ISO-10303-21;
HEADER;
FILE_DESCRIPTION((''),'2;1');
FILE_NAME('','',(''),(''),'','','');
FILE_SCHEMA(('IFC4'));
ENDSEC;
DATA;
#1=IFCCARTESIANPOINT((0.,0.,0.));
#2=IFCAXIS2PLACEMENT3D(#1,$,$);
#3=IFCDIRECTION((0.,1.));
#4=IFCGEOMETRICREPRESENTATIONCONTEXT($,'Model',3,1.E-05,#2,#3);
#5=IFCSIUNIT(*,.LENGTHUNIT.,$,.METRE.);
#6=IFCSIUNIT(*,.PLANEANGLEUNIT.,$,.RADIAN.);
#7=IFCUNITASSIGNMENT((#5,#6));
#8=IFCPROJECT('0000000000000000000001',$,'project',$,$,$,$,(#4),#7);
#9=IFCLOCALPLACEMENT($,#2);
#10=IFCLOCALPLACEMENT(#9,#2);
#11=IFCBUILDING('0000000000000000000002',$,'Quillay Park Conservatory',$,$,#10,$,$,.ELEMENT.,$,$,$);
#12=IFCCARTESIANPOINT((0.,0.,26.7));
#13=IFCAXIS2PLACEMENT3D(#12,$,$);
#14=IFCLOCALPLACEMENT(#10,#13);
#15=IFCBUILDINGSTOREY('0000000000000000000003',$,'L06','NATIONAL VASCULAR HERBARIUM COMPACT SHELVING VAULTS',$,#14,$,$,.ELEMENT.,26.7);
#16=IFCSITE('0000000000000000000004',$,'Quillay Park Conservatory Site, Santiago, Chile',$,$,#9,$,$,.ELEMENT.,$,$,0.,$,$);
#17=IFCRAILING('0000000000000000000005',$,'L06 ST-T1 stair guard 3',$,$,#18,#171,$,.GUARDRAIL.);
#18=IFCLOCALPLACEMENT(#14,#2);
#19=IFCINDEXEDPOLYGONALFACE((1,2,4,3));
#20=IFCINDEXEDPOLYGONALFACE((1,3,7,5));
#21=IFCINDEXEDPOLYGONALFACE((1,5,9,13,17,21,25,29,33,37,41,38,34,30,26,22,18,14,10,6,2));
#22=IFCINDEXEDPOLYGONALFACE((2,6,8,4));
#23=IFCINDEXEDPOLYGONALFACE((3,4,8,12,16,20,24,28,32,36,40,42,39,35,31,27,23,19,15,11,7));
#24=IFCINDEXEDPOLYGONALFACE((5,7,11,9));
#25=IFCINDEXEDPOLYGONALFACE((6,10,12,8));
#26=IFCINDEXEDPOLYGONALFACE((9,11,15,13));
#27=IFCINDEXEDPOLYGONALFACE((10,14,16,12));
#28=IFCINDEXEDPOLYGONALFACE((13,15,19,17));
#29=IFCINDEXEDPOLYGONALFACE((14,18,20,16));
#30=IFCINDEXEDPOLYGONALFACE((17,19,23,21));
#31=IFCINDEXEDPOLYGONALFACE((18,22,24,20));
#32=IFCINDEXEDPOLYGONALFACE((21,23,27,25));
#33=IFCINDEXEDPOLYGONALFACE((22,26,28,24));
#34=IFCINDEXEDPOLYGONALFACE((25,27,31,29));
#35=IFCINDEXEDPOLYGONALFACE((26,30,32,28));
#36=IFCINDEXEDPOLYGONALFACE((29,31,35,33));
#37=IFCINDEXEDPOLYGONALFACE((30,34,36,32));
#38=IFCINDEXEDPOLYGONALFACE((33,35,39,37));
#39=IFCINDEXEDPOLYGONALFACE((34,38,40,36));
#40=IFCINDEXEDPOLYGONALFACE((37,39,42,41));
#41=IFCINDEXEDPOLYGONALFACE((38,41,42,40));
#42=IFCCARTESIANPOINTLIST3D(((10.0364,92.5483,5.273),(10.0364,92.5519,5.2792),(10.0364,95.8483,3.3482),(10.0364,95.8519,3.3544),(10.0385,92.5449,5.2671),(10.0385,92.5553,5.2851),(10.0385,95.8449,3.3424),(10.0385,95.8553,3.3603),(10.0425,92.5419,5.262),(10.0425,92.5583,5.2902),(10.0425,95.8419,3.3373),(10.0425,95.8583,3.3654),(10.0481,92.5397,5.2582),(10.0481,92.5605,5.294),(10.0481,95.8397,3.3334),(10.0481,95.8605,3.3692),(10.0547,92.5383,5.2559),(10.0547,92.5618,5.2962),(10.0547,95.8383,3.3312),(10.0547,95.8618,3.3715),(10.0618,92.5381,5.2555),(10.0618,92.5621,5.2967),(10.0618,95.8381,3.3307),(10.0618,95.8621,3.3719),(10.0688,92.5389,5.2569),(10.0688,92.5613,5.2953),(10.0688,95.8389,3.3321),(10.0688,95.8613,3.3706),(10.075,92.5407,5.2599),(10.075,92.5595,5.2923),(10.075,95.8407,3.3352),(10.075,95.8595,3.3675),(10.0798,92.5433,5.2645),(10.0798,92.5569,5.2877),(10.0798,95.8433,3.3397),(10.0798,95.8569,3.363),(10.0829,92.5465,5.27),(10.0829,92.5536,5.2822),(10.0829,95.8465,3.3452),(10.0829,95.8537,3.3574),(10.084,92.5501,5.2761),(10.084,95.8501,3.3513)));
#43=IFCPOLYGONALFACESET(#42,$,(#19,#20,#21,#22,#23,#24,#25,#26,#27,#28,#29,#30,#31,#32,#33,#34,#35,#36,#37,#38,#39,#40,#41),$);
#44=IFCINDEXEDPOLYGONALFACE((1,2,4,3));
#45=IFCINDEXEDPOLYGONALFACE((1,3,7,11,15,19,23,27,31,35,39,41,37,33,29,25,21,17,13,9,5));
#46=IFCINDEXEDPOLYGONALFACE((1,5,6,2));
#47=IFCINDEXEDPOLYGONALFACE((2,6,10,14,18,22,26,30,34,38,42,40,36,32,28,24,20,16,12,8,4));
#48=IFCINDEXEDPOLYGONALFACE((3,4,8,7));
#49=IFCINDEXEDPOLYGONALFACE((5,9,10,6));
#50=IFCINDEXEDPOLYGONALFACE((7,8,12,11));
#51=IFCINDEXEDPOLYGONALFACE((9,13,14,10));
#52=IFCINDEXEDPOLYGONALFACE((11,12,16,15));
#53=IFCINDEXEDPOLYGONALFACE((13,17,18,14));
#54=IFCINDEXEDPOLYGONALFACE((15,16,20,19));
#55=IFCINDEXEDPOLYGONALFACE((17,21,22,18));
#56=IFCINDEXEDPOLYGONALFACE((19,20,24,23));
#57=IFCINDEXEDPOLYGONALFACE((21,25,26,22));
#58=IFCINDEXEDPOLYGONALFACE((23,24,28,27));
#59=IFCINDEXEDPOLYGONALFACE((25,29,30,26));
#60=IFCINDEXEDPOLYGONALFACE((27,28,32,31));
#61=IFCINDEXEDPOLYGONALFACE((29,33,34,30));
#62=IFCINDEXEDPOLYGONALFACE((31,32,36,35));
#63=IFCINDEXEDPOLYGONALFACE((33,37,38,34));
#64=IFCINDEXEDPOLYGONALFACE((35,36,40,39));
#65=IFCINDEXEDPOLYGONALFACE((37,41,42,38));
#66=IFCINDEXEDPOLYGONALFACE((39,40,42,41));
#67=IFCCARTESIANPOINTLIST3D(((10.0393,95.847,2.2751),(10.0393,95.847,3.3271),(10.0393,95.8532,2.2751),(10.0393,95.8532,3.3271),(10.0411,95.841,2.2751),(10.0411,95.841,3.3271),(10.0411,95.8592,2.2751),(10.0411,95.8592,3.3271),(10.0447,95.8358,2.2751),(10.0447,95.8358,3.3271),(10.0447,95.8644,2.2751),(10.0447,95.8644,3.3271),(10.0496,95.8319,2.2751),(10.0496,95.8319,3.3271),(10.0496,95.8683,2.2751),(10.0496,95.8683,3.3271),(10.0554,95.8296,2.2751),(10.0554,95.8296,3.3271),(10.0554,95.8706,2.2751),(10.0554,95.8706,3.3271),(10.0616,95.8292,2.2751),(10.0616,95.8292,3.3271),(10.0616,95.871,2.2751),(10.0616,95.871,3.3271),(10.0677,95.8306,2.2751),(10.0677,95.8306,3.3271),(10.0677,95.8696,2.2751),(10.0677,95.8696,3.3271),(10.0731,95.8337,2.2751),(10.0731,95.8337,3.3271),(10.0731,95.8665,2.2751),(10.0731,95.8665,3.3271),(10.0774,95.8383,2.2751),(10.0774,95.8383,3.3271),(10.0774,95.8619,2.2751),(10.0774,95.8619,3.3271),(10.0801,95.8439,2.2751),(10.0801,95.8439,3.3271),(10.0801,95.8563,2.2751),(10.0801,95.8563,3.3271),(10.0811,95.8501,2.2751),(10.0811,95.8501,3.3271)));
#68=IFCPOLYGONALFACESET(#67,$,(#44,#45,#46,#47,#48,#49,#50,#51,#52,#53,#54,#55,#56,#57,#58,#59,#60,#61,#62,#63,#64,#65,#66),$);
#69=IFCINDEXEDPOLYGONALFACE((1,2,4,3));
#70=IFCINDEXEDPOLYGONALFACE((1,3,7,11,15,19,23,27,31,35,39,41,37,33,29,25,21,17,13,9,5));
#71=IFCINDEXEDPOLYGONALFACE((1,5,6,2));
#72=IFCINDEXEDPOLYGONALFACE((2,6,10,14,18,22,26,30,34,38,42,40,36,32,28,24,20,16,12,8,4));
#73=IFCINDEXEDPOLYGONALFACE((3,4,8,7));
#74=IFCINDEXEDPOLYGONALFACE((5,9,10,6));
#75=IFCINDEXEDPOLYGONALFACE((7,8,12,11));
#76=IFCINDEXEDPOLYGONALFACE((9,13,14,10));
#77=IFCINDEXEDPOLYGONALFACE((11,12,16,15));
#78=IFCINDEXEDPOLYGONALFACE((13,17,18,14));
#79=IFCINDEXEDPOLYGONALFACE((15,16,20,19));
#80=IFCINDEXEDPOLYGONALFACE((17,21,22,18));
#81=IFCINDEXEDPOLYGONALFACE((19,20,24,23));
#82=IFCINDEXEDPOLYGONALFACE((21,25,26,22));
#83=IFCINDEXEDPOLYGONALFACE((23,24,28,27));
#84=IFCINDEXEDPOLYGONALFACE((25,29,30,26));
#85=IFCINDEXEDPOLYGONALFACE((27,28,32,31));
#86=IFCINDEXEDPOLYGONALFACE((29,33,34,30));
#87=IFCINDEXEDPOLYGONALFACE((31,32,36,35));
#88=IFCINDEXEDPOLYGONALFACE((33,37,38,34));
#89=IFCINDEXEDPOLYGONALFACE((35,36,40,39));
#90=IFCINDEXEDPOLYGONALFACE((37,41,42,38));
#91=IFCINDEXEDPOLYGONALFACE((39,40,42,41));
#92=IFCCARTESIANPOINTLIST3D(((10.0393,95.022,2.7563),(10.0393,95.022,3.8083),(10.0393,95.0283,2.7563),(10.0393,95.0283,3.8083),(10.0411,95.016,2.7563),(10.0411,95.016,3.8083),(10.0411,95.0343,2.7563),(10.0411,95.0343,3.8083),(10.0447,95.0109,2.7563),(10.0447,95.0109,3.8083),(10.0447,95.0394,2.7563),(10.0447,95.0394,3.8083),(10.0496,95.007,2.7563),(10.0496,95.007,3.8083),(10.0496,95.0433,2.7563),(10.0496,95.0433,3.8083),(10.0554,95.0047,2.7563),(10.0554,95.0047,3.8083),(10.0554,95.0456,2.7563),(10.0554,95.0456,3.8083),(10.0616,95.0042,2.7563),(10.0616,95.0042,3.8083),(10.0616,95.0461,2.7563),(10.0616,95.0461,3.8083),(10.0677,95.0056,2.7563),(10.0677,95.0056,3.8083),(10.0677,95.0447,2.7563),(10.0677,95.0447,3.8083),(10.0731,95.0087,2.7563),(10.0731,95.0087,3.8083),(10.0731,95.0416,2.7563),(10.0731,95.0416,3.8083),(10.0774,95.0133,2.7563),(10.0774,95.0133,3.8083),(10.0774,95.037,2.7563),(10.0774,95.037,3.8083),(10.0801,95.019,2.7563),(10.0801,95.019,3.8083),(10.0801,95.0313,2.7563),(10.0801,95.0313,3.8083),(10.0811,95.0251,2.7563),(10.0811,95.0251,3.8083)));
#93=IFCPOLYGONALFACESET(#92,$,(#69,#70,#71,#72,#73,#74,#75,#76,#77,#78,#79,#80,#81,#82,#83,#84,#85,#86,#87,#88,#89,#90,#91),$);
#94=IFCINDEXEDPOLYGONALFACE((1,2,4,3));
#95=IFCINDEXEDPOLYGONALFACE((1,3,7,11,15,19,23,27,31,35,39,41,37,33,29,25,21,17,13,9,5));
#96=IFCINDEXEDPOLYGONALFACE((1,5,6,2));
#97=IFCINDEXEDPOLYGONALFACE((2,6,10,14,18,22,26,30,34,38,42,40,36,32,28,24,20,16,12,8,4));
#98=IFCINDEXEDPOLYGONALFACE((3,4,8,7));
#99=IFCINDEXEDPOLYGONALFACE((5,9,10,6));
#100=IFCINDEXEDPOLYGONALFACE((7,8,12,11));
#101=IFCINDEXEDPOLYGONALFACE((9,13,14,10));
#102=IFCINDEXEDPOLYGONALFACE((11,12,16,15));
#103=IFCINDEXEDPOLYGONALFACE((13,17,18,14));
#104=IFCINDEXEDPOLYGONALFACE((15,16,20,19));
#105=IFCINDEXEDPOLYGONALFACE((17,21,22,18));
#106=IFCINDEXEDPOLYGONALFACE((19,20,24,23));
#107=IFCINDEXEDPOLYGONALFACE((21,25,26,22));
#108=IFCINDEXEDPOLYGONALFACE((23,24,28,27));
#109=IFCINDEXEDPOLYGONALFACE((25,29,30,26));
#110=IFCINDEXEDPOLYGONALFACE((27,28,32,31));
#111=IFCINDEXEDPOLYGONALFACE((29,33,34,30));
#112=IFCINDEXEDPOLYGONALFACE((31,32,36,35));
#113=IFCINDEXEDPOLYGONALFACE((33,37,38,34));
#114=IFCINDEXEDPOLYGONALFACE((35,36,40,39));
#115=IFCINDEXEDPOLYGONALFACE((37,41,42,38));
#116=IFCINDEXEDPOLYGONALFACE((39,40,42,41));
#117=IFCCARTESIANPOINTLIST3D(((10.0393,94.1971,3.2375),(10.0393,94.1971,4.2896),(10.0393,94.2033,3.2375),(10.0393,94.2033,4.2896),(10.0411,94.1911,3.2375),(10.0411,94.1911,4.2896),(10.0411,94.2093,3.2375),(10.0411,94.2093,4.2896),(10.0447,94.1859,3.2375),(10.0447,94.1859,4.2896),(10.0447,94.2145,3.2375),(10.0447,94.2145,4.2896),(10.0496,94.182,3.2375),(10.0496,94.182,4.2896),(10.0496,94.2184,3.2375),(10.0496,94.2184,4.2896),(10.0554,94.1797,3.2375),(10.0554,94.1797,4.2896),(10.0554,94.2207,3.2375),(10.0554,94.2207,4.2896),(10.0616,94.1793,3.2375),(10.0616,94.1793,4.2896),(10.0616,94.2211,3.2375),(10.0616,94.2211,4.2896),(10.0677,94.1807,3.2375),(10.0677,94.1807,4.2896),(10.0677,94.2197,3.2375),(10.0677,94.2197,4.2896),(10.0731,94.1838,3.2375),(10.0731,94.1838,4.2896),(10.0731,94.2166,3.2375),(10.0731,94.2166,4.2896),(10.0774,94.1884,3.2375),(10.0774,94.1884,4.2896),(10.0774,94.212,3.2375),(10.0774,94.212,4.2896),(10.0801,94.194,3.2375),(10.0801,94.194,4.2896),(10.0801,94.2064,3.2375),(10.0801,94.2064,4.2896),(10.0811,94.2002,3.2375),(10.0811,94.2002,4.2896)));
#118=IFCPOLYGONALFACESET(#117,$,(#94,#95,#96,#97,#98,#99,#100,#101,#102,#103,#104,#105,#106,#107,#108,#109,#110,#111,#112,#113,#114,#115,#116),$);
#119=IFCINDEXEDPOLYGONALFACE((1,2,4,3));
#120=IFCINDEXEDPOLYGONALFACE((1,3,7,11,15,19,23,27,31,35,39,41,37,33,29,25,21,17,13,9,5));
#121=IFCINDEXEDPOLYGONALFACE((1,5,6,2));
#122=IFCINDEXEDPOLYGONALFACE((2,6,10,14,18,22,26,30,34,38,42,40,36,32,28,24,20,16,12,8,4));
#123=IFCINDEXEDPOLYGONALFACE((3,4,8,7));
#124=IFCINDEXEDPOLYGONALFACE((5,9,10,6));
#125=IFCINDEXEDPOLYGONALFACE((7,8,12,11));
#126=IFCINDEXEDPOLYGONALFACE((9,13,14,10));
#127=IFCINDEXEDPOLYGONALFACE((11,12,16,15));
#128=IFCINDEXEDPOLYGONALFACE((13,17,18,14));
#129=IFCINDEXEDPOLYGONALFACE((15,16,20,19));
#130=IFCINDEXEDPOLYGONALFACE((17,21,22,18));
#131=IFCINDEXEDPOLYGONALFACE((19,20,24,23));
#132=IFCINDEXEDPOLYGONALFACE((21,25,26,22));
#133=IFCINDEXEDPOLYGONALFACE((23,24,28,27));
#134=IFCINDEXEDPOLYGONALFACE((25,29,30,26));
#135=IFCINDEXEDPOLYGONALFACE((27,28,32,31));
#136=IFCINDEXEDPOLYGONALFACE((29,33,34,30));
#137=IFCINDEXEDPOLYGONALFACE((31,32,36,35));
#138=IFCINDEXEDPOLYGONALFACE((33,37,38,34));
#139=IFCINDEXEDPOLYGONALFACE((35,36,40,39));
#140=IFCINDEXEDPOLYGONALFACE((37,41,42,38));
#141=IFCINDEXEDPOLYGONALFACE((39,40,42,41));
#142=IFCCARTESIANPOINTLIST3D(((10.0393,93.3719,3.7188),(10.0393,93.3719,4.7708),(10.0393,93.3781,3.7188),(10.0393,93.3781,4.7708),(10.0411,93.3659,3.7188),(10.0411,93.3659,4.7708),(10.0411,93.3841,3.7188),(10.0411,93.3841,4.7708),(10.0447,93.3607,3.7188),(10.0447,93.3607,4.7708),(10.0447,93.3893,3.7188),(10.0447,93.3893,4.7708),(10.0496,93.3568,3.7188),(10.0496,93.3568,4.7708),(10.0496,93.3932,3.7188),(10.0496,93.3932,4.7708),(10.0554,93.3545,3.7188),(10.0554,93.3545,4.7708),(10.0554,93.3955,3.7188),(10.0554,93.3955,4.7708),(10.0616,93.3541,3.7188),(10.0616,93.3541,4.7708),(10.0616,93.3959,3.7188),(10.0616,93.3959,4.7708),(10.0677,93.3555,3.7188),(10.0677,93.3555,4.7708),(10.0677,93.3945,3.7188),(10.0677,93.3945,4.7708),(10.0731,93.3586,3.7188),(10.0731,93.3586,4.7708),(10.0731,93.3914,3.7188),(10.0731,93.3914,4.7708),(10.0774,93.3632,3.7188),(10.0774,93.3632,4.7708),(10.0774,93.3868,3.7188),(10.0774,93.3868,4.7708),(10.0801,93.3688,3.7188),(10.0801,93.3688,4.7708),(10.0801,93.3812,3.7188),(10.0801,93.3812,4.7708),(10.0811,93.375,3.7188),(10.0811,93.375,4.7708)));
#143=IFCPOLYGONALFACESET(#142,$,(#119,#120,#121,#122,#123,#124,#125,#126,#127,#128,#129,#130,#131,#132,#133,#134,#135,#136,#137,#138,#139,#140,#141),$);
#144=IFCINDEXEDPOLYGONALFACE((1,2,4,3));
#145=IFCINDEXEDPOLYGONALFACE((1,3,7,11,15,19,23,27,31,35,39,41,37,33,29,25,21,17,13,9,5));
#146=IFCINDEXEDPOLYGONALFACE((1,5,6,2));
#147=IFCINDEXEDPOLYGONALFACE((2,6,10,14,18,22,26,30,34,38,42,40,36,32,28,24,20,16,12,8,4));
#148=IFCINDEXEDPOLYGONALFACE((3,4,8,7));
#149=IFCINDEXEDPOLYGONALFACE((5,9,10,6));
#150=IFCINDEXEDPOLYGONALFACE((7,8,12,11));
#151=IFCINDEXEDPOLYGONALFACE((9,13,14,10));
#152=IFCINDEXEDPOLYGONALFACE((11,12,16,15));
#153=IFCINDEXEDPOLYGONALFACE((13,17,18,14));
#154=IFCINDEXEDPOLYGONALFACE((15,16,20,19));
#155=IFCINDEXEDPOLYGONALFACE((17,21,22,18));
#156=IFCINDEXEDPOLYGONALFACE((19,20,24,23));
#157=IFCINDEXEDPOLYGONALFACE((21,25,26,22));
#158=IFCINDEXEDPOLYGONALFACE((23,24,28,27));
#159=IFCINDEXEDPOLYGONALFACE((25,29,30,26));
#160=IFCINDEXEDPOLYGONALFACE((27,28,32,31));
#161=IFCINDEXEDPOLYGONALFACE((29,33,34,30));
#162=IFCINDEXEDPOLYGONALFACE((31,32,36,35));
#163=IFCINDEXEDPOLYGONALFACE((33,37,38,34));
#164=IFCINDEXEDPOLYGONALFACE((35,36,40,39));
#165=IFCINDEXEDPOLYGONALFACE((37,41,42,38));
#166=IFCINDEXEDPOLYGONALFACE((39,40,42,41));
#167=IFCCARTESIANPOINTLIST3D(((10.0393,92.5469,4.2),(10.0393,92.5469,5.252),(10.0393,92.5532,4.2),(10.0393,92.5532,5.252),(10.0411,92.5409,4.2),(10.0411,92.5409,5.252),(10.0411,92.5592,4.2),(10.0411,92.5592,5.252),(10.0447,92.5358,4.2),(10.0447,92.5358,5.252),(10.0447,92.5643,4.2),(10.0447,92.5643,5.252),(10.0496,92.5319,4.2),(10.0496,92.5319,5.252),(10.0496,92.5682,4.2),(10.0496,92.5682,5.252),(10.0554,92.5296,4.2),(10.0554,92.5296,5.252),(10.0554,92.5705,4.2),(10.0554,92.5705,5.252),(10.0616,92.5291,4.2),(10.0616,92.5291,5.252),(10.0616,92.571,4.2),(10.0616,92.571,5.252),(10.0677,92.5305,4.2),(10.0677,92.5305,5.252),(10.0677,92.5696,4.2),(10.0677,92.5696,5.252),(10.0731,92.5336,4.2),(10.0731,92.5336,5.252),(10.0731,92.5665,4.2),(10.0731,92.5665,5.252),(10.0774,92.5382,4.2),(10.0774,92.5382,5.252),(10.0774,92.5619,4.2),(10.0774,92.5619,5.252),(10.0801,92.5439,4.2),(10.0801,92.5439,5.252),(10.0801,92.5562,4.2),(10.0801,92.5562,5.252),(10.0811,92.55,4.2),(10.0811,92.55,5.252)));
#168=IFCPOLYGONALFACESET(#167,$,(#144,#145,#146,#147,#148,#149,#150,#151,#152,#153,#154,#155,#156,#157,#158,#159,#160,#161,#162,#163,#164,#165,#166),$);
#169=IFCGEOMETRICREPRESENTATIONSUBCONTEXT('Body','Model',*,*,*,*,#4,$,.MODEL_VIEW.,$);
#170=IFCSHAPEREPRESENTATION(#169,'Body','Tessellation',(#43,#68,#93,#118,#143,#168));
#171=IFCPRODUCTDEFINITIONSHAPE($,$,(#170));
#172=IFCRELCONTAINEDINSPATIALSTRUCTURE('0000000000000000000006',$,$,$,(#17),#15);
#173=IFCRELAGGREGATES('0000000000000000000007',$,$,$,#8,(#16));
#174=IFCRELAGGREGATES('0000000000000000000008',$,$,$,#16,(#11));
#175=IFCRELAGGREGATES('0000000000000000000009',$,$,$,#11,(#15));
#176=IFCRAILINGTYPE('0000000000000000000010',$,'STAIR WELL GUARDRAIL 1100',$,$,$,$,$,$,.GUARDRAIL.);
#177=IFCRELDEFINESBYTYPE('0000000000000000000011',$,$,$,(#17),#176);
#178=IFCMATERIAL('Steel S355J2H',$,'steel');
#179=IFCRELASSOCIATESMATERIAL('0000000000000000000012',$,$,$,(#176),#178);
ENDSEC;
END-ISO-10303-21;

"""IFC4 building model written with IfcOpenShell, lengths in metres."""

from ifc_helpers import new_model, si_unit, direction, frame, origin, origin_2d, place, context, subcontext, project, spatial, circle, extrude, material, type_object, element, save


model = new_model("IFC4")

# Units and contexts
model_context = context("Model", 3, precision=1e-05, world=origin(), true_north=direction((0.0, 1.0)))
body_context = subcontext(model_context, "Body", "Model", "MODEL_VIEW")
ifc_project = project(units=[si_unit("LENGTHUNIT", "METRE"), si_unit("PLANEANGLEUNIT", "RADIAN")], contexts=[model_context])

# Site, building, storey
site_placement = place(None, origin())
site = spatial("IfcSite", under=ifc_project, at=site_placement, Name="Quillay Park Conservatory Site, Santiago, Chile", CompositionType="ELEMENT", RefElevation=0.0)
building_placement = place(site_placement, origin())
building = spatial("IfcBuilding", under=site, at=building_placement, Name="Quillay Park Conservatory", CompositionType="ELEMENT")
storey_placement = place(building_placement, frame((0.0, 0.0, 26.7)))
storey = spatial("IfcBuildingStorey", under=building, at=storey_placement, Name="L06", Description="NATIONAL VASCULAR HERBARIUM COMPACT SHELVING VAULTS", CompositionType="ELEMENT", Elevation=26.7)

# Railing
ifc_material_1 = material(Name="Steel S355J2H", Category="steel")
railing_type_1 = type_object("IfcRailingType", Name="STAIR WELL GUARDRAIL 1100", PredefinedType="GUARDRAIL", material=ifc_material_1)
railing_1_placement = place(storey_placement, frame((10.0601, 95.8501, 2.2751)))
element("IfcRailing", 1, at=railing_1_placement, inside=storey, type_object=railing_type_1, Name="L06 ST-T1 stair guard 3", PredefinedType="GUARDRAIL", context=body_context, shape_type="SweptSolid", body=[
    extrude(circle(Radius=0.0239, at=origin_2d()), frame((0.0, 0.0, 1.0762), z_axis=(0.0, -0.863804, 0.503827), x_axis=(1.0, 0.0, 0.0)), (0.0, 0.0, 1.0), 3.8203),
    extrude(circle(Radius=0.021, at=origin_2d()), origin(), (0.0, 0.0, 1.0), 1.052),
    extrude(circle(Radius=0.021, at=origin_2d()), frame((0.0, -0.825, 0.4812)), (0.0, 0.0, 1.0), 1.052),
    extrude(circle(Radius=0.021, at=origin_2d()), frame((0.0, -1.6499, 0.9624)), (0.0, 0.0, 1.0), 1.052),
    extrude(circle(Radius=0.021, at=origin_2d()), frame((0.0, -2.4751, 1.4436)), (0.0, 0.0, 1.0), 1.052),
    extrude(circle(Radius=0.021, at=origin_2d()), frame((0.0, -3.3, 1.9248)), (0.0, 0.0, 1.0), 1.052),
])

save(model, "model.ifc")
